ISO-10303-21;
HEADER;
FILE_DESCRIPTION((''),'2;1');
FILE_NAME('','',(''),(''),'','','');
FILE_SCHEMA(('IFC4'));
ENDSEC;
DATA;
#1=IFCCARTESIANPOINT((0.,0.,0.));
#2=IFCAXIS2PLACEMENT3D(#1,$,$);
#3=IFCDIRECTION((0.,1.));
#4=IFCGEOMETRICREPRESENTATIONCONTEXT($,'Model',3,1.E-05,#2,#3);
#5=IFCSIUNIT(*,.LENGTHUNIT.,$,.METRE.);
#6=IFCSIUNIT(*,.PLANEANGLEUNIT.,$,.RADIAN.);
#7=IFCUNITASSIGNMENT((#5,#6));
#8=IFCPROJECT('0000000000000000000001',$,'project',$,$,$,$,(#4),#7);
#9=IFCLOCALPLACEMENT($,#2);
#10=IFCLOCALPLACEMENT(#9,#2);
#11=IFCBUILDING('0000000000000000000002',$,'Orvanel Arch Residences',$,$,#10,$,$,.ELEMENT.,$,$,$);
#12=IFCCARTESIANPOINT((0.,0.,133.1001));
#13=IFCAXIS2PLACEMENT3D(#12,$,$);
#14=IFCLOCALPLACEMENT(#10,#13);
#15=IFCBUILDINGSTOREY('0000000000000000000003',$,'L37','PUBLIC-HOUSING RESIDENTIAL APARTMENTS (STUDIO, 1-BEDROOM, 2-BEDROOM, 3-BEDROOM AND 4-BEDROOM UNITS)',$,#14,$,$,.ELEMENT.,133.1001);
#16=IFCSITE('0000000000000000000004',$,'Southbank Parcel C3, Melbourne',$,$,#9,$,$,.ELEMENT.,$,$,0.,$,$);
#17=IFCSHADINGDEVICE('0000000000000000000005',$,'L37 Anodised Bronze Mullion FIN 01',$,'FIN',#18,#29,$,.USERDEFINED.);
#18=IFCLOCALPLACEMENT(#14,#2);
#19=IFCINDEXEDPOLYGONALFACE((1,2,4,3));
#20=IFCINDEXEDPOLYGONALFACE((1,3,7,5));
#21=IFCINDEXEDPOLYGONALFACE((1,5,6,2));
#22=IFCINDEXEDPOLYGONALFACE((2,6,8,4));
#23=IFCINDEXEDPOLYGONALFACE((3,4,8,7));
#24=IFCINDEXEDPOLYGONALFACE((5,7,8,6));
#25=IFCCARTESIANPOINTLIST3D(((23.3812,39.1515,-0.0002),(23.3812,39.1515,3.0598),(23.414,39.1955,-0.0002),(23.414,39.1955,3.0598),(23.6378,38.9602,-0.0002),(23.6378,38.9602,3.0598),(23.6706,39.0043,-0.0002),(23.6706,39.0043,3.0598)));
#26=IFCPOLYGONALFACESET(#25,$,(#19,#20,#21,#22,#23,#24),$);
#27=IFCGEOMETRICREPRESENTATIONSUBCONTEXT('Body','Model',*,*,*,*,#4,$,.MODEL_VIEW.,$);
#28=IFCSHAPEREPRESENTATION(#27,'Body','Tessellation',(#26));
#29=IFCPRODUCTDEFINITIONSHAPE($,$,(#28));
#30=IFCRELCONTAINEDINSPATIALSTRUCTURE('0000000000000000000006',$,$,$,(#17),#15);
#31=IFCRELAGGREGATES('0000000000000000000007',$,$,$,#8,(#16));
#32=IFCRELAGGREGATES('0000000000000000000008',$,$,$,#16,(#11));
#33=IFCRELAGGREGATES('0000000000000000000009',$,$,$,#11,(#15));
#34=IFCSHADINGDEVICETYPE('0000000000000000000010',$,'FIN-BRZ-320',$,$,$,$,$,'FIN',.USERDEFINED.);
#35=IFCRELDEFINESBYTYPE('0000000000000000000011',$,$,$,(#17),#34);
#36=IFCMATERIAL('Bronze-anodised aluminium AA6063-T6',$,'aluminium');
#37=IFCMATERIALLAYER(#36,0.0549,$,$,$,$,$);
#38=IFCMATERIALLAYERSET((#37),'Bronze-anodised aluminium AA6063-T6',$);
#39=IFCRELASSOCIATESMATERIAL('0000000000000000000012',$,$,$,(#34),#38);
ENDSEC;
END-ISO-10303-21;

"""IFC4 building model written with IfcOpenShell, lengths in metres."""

from ifc_helpers import new_model, si_unit, direction, frame, origin, origin_2d, place, context, subcontext, project, spatial, rectangle, extrude, material, layer, layer_set, type_object, element, save


model = new_model("IFC4")

# Units and contexts
model_context = context("Model", 3, precision=1e-05, world=origin(), true_north=direction((0.0, 1.0)))
body_context = subcontext(model_context, "Body", "Model", "MODEL_VIEW")
ifc_project = project(units=[si_unit("LENGTHUNIT", "METRE"), si_unit("PLANEANGLEUNIT", "RADIAN")], contexts=[model_context])

# Site, building, storey
site_placement = place(None, origin())
site = spatial("IfcSite", under=ifc_project, at=site_placement, Name="Southbank Parcel C3, Melbourne", CompositionType="ELEMENT", RefElevation=0.0)
building_placement = place(site_placement, origin())
building = spatial("IfcBuilding", under=site, at=building_placement, Name="Orvanel Arch Residences", CompositionType="ELEMENT")
storey_placement = place(building_placement, frame((0.0, 0.0, 133.1001)))
storey = spatial("IfcBuildingStorey", under=building, at=storey_placement, Name="L37", Description="PUBLIC-HOUSING RESIDENTIAL APARTMENTS (STUDIO, 1-BEDROOM, 2-BEDROOM, 3-BEDROOM AND 4-BEDROOM UNITS)", CompositionType="ELEMENT", Elevation=133.1001)

# Shared definitions
ifc_material_1 = material(Name="Bronze-anodised aluminium AA6063-T6", Category="aluminium")

# Shading device
ifc_layer_1 = layer(ifc_material_1, 0.0549)
ifc_layer_set_1 = layer_set([ifc_layer_1], Name="Bronze-anodised aluminium AA6063-T6")
shading_device_type = type_object("IfcShadingDeviceType", Name="FIN-BRZ-320", ElementType="FIN", PredefinedType="USERDEFINED", material=ifc_layer_set_1)
shading_device_placement = place(storey_placement, frame((23.5259, 39.0779, -0.0002), z_axis=(0.0, 0.0, 1.0), x_axis=(-0.801776, 0.597625, 0.0)))
element("IfcShadingDevice", 1, at=shading_device_placement, inside=storey, type_object=shading_device_type, Name="L37 Anodised Bronze Mullion FIN 01", ObjectType="FIN", PredefinedType="USERDEFINED", context=body_context, shape_type="SweptSolid", body=[
    extrude(rectangle(XDim=0.3201, YDim=0.0549, at=origin_2d()), origin(), (0.0, 0.0, 1.0), 3.0601),
])

save(model, "model.ifc")
